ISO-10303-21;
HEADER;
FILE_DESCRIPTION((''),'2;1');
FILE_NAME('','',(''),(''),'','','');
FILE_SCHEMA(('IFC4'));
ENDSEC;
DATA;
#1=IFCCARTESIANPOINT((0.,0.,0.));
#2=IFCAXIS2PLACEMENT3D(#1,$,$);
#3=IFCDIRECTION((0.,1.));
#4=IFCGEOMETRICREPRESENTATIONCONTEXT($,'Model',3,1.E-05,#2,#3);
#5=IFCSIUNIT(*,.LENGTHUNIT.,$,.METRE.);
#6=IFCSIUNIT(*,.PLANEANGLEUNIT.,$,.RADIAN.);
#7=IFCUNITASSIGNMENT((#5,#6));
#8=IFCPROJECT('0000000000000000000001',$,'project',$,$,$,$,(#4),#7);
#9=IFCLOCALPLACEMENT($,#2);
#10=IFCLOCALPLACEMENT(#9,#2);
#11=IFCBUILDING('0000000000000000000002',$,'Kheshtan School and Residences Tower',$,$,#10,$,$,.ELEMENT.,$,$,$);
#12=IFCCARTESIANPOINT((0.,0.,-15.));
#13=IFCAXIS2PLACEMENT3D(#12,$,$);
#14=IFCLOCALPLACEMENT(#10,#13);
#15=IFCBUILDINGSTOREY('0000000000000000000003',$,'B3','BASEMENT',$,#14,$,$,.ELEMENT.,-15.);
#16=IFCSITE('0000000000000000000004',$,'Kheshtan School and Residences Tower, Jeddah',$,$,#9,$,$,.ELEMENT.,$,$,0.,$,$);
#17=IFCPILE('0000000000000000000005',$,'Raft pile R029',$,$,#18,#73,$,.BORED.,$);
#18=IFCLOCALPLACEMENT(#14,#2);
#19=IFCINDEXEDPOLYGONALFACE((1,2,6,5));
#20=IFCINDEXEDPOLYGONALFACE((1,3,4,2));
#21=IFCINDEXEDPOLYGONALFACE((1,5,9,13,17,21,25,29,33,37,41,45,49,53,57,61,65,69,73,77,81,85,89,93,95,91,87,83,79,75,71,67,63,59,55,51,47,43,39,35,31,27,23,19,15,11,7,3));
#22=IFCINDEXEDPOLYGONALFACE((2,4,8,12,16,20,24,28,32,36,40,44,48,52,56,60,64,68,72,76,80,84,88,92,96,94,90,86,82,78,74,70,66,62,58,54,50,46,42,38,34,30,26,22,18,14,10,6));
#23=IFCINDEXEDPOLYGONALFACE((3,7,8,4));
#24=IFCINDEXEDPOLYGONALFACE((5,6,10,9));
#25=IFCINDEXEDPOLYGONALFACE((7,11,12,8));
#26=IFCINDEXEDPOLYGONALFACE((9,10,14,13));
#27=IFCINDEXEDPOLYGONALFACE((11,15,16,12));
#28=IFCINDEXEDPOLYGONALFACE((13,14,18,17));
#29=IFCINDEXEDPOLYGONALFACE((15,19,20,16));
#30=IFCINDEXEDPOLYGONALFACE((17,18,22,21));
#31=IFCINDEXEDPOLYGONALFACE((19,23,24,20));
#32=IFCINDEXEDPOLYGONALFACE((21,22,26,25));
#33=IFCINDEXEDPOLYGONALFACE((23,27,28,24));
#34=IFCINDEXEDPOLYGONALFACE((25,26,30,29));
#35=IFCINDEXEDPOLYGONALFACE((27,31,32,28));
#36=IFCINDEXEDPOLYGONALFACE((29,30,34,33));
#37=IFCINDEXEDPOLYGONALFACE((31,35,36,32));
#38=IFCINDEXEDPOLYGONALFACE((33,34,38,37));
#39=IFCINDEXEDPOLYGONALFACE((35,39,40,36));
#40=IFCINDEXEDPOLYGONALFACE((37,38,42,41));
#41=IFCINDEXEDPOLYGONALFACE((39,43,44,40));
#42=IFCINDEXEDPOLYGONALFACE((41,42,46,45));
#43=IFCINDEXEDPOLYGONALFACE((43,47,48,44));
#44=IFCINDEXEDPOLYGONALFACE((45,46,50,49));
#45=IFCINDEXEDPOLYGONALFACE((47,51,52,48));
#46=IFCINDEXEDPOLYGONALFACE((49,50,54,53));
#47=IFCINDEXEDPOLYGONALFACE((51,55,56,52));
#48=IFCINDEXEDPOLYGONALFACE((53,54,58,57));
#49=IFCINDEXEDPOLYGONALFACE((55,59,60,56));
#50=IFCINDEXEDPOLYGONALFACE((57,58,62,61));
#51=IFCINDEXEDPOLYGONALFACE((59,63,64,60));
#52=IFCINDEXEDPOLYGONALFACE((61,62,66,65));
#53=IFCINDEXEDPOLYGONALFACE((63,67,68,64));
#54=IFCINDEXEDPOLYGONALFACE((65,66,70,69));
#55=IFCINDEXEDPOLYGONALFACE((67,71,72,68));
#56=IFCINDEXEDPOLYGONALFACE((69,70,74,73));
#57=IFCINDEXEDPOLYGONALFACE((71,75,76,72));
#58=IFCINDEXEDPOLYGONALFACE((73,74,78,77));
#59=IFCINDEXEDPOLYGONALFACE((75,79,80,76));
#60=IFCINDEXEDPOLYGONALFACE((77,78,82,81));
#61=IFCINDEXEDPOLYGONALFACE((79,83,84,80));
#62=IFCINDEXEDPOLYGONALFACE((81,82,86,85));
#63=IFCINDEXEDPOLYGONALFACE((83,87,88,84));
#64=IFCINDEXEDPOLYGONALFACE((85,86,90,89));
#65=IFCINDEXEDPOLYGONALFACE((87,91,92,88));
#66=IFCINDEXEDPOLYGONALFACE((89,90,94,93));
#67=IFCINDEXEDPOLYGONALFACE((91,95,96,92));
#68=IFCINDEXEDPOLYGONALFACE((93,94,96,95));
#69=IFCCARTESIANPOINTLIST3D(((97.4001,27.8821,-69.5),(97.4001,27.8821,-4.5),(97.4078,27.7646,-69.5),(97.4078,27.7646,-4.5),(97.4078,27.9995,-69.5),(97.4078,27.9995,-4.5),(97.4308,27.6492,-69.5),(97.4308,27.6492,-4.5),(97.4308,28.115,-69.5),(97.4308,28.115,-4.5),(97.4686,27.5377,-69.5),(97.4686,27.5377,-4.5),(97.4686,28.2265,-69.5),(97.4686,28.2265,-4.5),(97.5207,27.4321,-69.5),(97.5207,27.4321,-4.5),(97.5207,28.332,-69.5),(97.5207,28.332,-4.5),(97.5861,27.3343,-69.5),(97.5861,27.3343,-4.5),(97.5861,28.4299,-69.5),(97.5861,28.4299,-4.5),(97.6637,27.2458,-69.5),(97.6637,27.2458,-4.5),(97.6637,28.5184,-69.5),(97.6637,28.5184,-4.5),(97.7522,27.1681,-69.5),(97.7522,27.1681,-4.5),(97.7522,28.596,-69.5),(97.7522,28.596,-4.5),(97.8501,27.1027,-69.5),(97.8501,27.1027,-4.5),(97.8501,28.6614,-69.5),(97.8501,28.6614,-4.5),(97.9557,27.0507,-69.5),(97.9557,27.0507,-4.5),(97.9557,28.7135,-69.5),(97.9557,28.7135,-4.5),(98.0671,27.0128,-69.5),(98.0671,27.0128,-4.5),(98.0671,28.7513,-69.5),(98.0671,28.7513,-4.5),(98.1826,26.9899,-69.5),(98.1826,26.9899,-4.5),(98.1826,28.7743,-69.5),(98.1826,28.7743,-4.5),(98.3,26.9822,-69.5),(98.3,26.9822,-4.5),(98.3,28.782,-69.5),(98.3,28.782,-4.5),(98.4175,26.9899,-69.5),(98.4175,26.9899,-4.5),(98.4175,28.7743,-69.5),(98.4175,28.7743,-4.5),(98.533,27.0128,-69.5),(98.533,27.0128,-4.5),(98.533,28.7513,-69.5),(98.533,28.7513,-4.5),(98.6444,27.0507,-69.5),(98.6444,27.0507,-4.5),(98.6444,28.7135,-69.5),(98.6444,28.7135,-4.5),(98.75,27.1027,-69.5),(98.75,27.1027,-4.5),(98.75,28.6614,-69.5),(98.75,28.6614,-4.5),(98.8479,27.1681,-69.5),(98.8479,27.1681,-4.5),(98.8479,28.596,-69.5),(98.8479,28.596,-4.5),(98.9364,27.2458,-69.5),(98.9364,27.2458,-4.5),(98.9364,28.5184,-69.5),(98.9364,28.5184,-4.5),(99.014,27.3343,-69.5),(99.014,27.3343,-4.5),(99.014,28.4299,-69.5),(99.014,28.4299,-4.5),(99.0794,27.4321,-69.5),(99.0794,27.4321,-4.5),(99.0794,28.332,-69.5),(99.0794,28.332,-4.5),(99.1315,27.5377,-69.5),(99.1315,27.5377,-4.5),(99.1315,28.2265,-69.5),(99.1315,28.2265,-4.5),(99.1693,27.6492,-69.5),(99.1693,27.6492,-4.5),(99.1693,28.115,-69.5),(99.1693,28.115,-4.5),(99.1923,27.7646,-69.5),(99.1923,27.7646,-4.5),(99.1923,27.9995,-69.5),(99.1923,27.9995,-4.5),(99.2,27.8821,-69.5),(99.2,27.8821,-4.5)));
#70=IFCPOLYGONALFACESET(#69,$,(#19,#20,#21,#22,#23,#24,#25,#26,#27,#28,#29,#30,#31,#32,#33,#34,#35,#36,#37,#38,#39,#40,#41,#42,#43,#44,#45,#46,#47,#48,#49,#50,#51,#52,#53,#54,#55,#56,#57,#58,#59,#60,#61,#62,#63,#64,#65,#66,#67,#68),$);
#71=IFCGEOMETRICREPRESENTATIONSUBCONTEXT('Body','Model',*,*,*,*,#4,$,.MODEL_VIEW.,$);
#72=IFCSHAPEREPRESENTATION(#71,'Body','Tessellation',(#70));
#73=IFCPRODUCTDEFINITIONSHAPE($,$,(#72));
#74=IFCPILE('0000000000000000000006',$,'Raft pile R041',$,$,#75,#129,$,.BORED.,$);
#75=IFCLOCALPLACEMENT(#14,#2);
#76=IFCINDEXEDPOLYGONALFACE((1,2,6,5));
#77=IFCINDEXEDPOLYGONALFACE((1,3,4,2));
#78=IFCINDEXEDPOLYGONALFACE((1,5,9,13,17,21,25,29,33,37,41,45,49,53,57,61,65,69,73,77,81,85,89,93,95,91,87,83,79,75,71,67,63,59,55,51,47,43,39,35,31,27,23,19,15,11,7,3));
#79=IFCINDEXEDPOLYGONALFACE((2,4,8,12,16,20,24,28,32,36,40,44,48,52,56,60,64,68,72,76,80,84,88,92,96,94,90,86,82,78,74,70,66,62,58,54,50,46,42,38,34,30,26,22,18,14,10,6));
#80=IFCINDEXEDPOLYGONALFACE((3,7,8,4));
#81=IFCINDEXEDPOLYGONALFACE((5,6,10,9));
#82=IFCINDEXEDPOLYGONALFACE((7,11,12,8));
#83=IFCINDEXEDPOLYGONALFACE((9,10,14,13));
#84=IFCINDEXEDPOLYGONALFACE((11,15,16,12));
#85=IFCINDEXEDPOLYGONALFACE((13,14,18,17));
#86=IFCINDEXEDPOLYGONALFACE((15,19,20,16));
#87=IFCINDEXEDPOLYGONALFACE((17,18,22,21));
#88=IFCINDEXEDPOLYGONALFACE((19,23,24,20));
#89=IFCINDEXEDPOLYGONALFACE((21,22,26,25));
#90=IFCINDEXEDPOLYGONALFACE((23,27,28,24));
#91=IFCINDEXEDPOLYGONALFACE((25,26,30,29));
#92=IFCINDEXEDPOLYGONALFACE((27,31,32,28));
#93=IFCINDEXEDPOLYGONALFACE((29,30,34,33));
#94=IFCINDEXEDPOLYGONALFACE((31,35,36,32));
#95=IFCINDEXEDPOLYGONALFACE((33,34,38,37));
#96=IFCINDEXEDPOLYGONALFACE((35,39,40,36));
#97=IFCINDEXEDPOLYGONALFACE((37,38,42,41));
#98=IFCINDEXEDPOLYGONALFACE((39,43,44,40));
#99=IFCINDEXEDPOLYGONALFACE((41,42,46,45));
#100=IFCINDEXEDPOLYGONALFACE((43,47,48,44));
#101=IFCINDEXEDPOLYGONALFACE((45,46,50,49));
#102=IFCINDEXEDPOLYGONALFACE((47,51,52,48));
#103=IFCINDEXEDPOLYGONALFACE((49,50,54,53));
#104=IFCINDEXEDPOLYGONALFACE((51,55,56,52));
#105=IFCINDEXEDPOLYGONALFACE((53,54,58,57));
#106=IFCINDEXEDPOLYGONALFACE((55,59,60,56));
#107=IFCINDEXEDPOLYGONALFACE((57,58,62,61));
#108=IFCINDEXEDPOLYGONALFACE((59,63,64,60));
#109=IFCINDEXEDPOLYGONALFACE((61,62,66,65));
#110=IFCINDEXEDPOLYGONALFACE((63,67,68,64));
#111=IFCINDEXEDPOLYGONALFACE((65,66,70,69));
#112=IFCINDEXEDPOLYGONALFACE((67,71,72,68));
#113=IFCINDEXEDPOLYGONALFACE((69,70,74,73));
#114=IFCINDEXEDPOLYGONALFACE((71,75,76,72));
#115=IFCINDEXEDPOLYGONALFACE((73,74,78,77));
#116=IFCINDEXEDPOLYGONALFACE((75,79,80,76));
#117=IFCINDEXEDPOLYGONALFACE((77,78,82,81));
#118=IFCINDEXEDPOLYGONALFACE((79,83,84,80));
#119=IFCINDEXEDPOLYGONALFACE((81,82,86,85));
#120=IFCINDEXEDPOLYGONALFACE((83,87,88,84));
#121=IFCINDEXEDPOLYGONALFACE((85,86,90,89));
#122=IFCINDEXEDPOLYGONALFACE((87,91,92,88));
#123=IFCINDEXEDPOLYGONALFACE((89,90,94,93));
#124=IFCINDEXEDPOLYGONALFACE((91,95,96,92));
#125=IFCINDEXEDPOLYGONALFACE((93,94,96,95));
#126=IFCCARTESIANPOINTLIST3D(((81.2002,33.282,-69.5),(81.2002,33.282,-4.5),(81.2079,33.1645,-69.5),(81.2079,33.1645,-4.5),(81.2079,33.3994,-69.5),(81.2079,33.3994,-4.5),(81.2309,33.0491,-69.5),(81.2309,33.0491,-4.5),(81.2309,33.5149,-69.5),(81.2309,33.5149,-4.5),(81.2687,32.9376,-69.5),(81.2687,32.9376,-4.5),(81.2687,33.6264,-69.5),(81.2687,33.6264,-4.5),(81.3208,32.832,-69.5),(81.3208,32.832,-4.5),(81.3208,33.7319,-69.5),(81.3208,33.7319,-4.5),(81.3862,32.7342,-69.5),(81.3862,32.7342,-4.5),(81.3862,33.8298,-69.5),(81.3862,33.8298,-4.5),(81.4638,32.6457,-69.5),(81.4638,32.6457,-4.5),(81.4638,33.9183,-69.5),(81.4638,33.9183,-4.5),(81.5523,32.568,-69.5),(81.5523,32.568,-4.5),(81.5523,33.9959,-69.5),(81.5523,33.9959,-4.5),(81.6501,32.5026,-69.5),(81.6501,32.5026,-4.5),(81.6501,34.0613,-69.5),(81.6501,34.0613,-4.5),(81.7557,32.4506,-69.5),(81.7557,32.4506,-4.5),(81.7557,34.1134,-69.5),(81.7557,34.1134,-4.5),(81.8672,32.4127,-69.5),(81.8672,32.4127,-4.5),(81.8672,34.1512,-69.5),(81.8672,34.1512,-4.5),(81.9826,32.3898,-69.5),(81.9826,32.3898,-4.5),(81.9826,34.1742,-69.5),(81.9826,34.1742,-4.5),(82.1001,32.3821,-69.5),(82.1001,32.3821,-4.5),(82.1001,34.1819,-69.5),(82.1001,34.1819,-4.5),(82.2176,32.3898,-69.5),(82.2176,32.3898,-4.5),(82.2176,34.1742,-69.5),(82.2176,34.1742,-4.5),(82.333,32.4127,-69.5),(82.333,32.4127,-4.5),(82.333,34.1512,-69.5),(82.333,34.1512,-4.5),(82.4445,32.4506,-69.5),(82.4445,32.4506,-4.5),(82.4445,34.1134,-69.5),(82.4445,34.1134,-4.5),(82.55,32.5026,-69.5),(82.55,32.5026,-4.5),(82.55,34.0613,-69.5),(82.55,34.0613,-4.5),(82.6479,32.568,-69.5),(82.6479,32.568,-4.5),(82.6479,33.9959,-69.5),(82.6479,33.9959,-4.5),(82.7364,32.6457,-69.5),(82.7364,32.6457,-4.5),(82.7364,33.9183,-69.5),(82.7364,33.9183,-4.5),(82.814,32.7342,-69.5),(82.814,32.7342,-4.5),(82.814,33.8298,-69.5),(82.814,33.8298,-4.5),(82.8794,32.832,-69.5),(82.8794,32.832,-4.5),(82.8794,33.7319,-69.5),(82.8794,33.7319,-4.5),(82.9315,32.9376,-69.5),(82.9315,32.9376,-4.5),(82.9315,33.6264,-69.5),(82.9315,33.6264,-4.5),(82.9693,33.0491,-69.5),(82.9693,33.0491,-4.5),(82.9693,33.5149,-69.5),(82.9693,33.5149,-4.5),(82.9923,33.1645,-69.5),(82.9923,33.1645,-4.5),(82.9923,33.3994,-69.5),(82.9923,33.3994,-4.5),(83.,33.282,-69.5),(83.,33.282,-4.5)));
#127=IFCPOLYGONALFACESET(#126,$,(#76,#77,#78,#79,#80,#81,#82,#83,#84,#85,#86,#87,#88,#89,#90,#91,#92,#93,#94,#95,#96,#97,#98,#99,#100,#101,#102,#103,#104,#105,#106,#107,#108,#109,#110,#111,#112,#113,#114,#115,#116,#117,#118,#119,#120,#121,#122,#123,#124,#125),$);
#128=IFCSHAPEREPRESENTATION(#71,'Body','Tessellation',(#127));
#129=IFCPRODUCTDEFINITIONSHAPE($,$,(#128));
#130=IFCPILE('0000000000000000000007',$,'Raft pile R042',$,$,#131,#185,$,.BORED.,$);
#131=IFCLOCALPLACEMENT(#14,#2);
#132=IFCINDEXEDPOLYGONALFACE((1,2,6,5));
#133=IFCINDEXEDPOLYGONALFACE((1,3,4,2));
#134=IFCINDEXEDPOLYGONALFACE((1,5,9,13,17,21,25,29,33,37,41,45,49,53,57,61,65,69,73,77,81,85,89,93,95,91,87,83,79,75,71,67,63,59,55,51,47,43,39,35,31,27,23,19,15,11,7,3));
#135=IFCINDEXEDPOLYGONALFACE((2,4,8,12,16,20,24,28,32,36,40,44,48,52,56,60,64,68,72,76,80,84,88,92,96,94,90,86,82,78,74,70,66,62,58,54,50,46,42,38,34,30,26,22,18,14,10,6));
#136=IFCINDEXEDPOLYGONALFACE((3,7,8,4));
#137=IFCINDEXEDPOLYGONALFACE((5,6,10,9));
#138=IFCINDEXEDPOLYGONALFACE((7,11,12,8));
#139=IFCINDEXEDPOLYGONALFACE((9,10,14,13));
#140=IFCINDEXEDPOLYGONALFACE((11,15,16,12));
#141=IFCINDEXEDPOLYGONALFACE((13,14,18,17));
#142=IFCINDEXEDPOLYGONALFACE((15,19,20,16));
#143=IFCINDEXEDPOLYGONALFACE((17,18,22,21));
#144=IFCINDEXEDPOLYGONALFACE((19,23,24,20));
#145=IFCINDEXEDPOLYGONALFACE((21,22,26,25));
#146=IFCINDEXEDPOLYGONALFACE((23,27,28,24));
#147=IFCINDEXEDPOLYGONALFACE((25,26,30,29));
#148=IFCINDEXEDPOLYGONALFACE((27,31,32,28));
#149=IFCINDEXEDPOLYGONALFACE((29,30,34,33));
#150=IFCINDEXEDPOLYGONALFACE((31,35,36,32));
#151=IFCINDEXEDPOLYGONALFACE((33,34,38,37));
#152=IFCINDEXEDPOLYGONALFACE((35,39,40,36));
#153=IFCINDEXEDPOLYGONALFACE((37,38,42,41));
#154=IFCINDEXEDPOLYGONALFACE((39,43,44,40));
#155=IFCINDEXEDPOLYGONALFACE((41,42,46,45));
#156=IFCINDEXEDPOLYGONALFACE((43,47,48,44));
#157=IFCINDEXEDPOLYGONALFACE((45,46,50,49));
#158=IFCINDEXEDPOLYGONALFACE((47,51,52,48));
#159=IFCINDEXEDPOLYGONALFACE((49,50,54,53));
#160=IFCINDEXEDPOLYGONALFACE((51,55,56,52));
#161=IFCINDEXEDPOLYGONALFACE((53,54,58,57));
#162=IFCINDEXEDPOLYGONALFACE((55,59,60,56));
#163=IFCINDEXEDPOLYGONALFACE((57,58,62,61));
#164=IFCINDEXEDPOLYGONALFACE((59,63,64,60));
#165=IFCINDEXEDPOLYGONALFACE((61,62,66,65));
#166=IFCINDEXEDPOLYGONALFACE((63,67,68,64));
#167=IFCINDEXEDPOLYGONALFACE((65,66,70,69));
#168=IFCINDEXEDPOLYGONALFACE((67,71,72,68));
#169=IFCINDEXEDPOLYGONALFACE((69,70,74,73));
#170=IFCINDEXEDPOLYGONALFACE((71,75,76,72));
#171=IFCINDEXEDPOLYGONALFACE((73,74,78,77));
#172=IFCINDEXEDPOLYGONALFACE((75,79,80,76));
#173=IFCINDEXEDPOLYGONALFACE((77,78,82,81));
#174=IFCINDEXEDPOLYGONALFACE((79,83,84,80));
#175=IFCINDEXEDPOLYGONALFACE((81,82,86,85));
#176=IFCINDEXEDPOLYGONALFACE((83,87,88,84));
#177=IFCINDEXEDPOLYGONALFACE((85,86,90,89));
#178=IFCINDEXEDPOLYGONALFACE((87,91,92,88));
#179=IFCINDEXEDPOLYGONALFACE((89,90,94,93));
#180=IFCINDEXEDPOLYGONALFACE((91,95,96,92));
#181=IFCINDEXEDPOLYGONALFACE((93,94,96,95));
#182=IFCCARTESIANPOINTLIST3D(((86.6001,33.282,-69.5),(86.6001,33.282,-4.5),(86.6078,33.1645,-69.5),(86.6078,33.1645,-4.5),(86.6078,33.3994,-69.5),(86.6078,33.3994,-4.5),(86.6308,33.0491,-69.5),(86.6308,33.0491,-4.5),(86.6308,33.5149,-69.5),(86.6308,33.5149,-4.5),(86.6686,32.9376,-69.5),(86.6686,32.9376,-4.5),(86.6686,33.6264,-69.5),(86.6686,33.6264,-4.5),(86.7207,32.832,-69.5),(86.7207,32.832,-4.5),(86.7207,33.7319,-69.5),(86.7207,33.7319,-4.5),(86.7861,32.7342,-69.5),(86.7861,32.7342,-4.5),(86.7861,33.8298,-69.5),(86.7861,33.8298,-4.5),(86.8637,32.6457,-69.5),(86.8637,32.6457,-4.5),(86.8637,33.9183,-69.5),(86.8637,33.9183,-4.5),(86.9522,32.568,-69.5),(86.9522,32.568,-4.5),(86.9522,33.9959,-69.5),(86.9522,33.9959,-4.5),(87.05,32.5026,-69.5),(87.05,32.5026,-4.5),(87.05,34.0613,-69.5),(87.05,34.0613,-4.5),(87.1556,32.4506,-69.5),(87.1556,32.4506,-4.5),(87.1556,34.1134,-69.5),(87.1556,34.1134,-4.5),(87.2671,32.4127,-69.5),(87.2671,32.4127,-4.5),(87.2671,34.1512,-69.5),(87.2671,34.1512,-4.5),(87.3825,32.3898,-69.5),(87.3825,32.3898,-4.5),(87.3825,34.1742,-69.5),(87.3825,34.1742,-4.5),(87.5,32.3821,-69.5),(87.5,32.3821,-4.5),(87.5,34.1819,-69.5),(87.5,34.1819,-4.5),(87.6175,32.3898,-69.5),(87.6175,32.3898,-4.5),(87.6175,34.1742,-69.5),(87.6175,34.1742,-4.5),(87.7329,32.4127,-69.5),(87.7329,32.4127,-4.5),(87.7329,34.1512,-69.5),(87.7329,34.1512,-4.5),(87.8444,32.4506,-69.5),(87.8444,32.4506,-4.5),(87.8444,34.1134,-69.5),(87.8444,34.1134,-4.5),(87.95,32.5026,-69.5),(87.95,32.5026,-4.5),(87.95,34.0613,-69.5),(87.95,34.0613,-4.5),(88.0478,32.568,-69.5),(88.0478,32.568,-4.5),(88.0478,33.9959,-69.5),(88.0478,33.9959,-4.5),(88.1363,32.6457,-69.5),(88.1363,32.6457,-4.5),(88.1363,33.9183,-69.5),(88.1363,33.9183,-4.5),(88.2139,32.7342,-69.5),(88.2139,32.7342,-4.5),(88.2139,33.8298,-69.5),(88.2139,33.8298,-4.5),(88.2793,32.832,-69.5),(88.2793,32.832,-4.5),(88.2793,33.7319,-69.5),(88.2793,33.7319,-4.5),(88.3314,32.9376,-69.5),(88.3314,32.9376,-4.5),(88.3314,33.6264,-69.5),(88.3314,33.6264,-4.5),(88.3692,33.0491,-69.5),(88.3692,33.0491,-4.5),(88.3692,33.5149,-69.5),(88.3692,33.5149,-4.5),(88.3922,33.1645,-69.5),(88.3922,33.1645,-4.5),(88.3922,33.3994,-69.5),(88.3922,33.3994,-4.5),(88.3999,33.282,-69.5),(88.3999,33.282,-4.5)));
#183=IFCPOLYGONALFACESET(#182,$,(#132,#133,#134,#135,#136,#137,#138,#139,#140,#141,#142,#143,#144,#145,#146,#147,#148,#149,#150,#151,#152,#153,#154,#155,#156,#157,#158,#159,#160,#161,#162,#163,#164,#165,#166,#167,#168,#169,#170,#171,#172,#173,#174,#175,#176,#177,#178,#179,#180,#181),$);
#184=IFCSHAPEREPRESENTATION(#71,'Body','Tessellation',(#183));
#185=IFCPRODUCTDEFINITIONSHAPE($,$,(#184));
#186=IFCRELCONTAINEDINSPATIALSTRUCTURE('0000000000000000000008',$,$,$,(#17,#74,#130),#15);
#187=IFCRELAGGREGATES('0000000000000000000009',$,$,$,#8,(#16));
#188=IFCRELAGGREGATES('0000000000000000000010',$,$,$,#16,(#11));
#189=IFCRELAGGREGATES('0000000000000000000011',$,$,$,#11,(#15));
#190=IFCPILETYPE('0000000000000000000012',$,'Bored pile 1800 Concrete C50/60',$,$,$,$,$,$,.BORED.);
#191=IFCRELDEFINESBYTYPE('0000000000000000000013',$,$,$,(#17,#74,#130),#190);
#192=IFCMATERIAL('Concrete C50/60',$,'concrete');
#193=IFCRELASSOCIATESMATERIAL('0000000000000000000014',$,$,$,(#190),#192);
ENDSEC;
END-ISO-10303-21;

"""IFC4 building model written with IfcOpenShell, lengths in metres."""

from ifc_helpers import new_model, si_unit, direction, frame, origin, origin_2d, place, context, subcontext, project, spatial, circle, extrude, material, material_profile, profile_set, type_object, element, save


model = new_model("IFC4")

# Units and contexts
model_context = context("Model", 3, precision=1e-05, world=origin(), true_north=direction((0.0, 1.0)))
body_context = subcontext(model_context, "Body", "Model", "MODEL_VIEW")
ifc_project = project(units=[si_unit("LENGTHUNIT", "METRE"), si_unit("PLANEANGLEUNIT", "RADIAN")], contexts=[model_context])

# Site, building, storey
site_placement = place(None, origin())
site = spatial("IfcSite", under=ifc_project, at=site_placement, Name="Kheshtan School and Residences Tower, Jeddah", CompositionType="ELEMENT", RefElevation=0.0)
building_placement = place(site_placement, origin())
building = spatial("IfcBuilding", under=site, at=building_placement, Name="Kheshtan School and Residences Tower", CompositionType="ELEMENT")
storey_placement = place(building_placement, frame((0.0, 0.0, -15.0)))
storey = spatial("IfcBuildingStorey", under=building, at=storey_placement, Name="B3", Description="BASEMENT", CompositionType="ELEMENT", Elevation=-15.0)

# Piles
ifc_material_1 = material(Name="Concrete C50/60", Category="concrete")
ifc_material_profile_1 = material_profile(ifc_material_1, circle(Radius=0.8999, at=origin_2d()), Name="BP 1800")
ifc_profile_set_1 = profile_set([ifc_material_profile_1], Name="Concrete C50/60")
pile_type_1 = type_object("IfcPileType", Name="Bored pile 1800 Concrete C50/60", PredefinedType="BORED", material=ifc_profile_set_1)
for number, where, z_axis, x_axis, name in (
    (1, (98.3, 27.8821, -4.5), (0.0, 0.0, -1.0), (1.0, 0.0, 0.0), "Raft pile R029"),
    (2, (82.1001, 33.282, -4.5), (0.0, 0.0, -1.0), (1.0, 0.0, 0.0), "Raft pile R041"),
    (3, (87.5, 33.282, -4.5), (0.0, 0.0, -1.0), (1.0, 0.0, 0.0), "Raft pile R042"),
):
    element("IfcPile", number, at=place(storey_placement, frame(where, z_axis=z_axis, x_axis=x_axis)), inside=storey, type_object=pile_type_1, Name=name, PredefinedType="BORED", context=body_context, shape_type="SweptSolid", body=[
        extrude(circle(Radius=0.8999, at=origin_2d()), origin(), (0.0, 0.0, 1.0), 65.0),
    ])

save(model, "model.ifc")
